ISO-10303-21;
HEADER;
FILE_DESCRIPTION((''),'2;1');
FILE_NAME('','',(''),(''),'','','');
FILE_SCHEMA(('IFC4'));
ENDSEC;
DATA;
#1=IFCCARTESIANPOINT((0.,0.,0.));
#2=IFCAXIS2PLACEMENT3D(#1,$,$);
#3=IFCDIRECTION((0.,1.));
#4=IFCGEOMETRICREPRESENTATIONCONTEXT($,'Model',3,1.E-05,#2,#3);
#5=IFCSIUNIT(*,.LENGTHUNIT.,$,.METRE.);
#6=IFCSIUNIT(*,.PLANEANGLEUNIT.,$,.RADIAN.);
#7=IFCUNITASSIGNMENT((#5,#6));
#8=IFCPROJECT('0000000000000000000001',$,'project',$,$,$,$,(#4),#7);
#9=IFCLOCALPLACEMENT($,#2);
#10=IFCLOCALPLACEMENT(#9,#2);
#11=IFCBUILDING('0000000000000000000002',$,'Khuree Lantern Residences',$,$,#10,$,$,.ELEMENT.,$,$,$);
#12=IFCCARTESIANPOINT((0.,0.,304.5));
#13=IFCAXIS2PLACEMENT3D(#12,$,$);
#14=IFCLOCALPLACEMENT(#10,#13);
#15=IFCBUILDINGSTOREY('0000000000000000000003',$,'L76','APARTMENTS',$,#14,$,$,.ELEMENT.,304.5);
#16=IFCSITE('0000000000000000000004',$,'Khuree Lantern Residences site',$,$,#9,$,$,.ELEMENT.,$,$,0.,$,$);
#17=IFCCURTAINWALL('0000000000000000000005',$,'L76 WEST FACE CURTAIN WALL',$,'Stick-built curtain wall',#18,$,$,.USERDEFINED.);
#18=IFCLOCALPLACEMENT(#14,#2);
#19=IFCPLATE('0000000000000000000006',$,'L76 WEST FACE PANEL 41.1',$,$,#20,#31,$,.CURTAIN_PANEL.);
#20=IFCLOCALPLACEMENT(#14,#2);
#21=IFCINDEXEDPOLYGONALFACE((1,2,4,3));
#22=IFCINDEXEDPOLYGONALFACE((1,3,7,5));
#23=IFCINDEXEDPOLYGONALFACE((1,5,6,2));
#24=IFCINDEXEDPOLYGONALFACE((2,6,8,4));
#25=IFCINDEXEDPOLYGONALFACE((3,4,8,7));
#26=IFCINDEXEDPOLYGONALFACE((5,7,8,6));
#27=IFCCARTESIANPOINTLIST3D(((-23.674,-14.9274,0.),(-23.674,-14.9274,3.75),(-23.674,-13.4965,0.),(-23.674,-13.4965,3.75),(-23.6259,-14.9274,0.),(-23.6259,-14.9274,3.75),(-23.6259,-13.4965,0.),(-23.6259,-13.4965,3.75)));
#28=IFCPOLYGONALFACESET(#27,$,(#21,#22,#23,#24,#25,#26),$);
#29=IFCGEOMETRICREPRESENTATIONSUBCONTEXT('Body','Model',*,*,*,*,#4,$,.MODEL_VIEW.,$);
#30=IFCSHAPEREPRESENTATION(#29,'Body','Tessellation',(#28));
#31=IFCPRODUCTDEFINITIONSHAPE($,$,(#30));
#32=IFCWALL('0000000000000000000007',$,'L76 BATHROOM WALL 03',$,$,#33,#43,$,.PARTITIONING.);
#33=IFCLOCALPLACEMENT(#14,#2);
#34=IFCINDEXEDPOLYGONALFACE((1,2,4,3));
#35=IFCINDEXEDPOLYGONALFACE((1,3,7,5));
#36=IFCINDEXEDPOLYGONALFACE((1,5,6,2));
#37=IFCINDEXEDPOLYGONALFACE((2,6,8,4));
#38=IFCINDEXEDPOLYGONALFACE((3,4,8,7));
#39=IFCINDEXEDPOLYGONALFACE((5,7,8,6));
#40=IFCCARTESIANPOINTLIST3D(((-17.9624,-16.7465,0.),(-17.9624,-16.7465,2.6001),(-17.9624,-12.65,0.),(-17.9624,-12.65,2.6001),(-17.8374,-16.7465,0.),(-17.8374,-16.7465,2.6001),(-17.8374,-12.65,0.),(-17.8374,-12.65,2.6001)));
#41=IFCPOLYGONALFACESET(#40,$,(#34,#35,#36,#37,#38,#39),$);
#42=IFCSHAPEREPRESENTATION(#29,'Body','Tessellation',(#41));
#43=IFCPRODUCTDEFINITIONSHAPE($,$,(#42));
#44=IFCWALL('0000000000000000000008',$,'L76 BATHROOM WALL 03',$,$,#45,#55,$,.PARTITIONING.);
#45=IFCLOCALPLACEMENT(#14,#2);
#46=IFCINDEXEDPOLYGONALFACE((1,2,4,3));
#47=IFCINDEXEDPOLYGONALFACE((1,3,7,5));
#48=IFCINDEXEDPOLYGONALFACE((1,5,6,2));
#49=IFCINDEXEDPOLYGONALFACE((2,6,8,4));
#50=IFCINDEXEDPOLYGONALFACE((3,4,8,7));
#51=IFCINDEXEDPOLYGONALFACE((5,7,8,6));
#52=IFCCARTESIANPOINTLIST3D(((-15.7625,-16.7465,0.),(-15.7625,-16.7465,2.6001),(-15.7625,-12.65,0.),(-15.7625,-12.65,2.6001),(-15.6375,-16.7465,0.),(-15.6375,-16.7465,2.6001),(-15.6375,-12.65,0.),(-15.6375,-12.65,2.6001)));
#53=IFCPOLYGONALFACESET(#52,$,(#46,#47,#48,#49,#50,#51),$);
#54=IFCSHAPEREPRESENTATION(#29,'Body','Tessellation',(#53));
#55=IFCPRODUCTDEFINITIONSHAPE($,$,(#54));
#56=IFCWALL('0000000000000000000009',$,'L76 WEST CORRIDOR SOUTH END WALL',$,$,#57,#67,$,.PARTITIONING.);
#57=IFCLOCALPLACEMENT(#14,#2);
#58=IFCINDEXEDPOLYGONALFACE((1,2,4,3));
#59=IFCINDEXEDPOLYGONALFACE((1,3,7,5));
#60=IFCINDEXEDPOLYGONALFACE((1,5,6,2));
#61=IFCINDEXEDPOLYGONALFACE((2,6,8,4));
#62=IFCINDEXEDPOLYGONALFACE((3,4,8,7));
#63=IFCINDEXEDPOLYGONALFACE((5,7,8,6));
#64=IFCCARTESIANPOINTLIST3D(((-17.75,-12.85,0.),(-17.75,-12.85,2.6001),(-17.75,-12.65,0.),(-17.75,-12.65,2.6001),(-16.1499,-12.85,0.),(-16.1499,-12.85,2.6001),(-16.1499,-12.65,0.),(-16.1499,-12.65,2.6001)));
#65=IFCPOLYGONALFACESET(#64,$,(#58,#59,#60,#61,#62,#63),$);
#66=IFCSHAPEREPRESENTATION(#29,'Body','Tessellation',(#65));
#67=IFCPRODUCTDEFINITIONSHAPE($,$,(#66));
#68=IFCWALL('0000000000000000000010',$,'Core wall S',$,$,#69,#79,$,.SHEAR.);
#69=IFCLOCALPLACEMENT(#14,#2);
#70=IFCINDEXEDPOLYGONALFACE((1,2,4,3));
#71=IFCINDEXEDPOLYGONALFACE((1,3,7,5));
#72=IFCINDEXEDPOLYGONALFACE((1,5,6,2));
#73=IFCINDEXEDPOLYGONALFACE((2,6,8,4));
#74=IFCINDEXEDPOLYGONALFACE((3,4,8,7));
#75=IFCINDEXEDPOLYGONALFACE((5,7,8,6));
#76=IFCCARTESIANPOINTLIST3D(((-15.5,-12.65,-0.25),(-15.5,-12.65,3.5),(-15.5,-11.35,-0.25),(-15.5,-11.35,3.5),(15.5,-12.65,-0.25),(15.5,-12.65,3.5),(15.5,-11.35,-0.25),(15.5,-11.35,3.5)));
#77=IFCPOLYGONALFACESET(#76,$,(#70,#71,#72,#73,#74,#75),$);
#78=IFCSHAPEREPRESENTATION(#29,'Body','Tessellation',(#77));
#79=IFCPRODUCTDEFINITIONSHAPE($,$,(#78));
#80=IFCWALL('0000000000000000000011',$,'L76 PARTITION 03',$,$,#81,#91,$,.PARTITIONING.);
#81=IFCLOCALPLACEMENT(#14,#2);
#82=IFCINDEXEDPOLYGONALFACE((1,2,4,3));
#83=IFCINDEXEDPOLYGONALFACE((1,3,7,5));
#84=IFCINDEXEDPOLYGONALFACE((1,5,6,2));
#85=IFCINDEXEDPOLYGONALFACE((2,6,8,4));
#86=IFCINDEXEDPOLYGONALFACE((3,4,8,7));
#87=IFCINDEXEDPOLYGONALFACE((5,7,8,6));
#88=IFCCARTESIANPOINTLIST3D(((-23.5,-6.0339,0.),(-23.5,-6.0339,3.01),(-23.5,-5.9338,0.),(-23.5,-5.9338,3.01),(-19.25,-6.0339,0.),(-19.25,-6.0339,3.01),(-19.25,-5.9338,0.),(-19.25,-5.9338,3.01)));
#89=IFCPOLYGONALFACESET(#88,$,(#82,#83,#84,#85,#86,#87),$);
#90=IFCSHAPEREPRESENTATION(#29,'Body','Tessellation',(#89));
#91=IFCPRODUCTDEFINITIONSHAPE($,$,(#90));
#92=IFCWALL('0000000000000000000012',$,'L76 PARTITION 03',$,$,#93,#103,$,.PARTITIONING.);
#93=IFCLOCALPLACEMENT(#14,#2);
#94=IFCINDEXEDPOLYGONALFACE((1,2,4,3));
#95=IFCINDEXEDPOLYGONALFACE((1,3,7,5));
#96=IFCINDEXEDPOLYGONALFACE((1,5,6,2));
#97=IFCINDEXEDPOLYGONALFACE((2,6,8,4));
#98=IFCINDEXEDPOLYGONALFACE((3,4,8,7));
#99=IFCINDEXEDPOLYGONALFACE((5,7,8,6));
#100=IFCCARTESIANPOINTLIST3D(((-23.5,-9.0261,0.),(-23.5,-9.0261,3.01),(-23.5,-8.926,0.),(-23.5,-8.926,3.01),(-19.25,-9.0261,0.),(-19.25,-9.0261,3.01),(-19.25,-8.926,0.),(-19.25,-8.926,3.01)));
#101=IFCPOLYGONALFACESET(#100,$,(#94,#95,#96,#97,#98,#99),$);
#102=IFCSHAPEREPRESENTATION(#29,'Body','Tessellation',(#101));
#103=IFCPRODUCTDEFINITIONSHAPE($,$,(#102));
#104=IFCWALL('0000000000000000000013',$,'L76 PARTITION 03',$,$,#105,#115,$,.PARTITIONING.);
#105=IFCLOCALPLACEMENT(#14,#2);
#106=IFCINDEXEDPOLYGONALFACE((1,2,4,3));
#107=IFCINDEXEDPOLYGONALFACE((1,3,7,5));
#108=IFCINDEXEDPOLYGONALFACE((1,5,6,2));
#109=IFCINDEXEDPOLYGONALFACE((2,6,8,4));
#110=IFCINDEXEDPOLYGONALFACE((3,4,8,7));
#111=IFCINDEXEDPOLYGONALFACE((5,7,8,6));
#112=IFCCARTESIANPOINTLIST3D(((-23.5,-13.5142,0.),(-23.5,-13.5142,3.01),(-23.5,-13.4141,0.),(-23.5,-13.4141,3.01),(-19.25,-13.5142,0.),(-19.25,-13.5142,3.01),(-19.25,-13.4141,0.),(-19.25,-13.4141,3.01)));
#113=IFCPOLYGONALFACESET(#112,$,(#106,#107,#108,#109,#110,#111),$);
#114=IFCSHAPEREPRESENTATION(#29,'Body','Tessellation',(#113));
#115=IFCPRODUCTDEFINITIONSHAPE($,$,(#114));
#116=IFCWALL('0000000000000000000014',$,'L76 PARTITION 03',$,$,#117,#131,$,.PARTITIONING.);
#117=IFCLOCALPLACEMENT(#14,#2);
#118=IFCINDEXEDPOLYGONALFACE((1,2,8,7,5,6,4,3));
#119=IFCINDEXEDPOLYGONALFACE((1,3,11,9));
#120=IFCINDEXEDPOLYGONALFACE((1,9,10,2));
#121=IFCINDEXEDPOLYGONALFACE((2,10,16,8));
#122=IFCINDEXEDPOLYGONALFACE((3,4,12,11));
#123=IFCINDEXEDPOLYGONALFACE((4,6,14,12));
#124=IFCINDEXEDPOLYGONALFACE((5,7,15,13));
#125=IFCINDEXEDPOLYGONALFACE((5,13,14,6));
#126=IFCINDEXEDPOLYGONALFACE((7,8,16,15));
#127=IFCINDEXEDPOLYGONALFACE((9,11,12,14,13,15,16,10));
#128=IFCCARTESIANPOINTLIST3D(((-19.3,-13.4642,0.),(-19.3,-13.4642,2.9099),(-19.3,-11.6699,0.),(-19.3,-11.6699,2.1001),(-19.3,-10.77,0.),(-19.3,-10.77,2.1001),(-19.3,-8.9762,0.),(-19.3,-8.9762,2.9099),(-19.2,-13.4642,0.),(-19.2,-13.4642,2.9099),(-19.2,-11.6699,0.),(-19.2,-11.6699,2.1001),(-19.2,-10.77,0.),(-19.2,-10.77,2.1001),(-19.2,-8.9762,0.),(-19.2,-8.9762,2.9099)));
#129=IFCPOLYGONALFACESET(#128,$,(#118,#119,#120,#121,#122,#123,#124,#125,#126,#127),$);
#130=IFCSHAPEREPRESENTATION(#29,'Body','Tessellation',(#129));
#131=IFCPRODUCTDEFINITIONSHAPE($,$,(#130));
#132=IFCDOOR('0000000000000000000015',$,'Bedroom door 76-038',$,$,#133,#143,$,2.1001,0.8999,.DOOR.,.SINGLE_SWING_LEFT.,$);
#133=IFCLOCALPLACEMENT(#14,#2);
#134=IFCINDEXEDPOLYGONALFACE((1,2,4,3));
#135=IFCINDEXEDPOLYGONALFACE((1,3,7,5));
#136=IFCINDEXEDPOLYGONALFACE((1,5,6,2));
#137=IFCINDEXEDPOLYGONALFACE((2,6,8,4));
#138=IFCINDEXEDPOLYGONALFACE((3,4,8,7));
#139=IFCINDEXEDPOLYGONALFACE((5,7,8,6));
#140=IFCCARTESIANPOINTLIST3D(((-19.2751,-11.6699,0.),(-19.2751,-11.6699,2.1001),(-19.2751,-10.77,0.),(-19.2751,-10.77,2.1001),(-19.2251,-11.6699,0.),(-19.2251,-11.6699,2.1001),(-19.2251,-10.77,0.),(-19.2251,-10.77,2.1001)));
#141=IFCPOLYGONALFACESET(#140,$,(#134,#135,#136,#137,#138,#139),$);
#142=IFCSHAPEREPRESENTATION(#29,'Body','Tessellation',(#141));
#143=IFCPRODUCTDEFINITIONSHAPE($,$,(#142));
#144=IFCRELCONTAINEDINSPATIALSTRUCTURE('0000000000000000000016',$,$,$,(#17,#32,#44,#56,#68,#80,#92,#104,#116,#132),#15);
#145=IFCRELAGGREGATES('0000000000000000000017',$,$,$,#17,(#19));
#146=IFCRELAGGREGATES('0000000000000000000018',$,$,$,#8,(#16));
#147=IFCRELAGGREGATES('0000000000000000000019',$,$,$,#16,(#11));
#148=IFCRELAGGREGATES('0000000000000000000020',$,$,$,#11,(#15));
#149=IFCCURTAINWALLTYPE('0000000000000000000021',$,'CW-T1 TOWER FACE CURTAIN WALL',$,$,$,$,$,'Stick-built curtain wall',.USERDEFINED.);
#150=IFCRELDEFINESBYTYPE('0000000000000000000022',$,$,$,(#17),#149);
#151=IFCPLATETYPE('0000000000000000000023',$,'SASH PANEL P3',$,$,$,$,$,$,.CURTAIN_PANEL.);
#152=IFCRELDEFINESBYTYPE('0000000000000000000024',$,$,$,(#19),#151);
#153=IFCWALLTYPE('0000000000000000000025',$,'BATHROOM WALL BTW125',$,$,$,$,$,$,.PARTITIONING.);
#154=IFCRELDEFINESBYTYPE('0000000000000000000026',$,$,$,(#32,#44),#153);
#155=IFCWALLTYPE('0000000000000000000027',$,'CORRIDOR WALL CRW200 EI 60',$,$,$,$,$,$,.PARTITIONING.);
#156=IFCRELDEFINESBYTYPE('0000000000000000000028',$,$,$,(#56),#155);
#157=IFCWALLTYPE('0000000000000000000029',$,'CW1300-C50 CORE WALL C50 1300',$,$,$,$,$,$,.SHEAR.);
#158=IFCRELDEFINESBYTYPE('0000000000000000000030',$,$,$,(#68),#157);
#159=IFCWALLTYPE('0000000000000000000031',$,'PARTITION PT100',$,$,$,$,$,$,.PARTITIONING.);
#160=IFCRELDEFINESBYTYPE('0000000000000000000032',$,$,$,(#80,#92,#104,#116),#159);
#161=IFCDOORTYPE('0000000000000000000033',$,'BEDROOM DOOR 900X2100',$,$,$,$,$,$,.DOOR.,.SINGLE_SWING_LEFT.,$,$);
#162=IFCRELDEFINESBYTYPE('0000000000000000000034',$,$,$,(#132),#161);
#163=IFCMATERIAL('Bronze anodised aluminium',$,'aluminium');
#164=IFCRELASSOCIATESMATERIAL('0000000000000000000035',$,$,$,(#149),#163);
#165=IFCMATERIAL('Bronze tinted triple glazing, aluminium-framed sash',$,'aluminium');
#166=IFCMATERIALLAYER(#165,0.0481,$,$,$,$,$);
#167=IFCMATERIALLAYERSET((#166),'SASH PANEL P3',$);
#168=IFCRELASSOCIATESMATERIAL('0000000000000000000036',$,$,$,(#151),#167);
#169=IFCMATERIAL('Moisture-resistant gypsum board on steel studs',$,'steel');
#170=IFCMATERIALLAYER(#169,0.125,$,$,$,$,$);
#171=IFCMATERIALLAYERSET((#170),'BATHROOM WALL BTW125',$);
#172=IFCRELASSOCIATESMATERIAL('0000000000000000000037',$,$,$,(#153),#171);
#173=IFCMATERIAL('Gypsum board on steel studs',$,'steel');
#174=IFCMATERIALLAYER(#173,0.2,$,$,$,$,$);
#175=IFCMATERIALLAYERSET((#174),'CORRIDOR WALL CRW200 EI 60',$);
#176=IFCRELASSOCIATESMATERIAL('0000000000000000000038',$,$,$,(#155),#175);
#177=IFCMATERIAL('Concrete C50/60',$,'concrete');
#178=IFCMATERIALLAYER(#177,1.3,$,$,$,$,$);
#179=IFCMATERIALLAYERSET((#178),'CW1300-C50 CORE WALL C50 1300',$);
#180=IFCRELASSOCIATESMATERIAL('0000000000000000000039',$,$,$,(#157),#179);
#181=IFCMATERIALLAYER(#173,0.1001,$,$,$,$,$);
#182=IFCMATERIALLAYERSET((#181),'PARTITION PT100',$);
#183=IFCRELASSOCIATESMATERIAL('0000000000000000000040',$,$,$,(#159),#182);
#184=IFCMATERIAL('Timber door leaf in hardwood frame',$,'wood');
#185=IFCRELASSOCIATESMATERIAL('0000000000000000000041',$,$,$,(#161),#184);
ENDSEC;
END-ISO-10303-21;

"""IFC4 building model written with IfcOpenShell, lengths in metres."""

from ifc_helpers import new_model, si_unit, direction, frame, frame_2d, origin, origin_2d, place, context, subcontext, project, spatial, rectangle, extrude, material, layer, layer_set, type_object, element, fill, aggregate, save


model = new_model("IFC4")

# Units and contexts
model_context = context("Model", 3, precision=1e-05, world=origin(), true_north=direction((0.0, 1.0)))
body_context = subcontext(model_context, "Body", "Model", "MODEL_VIEW")
ifc_project = project(units=[si_unit("LENGTHUNIT", "METRE"), si_unit("PLANEANGLEUNIT", "RADIAN")], contexts=[model_context])

# Site, building, storey
site_placement = place(None, origin())
site = spatial("IfcSite", under=ifc_project, at=site_placement, Name="Khuree Lantern Residences site", CompositionType="ELEMENT", RefElevation=0.0)
building_placement = place(site_placement, origin())
building = spatial("IfcBuilding", under=site, at=building_placement, Name="Khuree Lantern Residences", CompositionType="ELEMENT")
storey_placement = place(building_placement, frame((0.0, 0.0, 304.5)))
storey = spatial("IfcBuildingStorey", under=building, at=storey_placement, Name="L76", Description="APARTMENTS", CompositionType="ELEMENT", Elevation=304.5)

# Shared definitions
ifc_material_1 = material(Name="Concrete C50/60", Category="concrete")

# Curtain wall
ifc_material_2 = material(Name="Bronze anodised aluminium", Category="aluminium")
curtain_wall_type = type_object("IfcCurtainWallType", Name="CW-T1 TOWER FACE CURTAIN WALL", ElementType="Stick-built curtain wall", PredefinedType="USERDEFINED", material=ifc_material_2)
curtain_wall_placement = place(storey_placement, origin())
curtain_wall = element("IfcCurtainWall", 1, at=curtain_wall_placement, inside=storey, type_object=curtain_wall_type, Name="L76 WEST FACE CURTAIN WALL", ObjectType="Stick-built curtain wall", PredefinedType="USERDEFINED")

# Plate
ifc_material_3 = material(Name="Bronze tinted triple glazing, aluminium-framed sash", Category="aluminium")
ifc_layer_1 = layer(ifc_material_3, 0.0481)
ifc_layer_set_1 = layer_set([ifc_layer_1], Name="SASH PANEL P3")
plate_type_1 = type_object("IfcPlateType", Name="SASH PANEL P3", PredefinedType="CURTAIN_PANEL", material=ifc_layer_set_1)
plate_1_placement = place(storey_placement, frame((-23.6499, -14.2119, 0.0), z_axis=(0.0, 0.0, 1.0), x_axis=(0.0, -1.0, 0.0)))
plate_1 = element("IfcPlate", 2, at=plate_1_placement, type_object=plate_type_1, Name="L76 WEST FACE PANEL 41.1", PredefinedType="CURTAIN_PANEL", context=body_context, shape_type="SweptSolid", body=[
    extrude(rectangle(XDim=1.4309, YDim=0.0481, at=origin_2d()), origin(), (0.0, 0.0, 1.0), 3.75),
])
aggregate(curtain_wall, [plate_1])

# Walls
ifc_material_4 = material(Name="Moisture-resistant gypsum board on steel studs", Category="steel")
ifc_layer_2 = layer(ifc_material_4, 0.125)
ifc_layer_set_2 = layer_set([ifc_layer_2], Name="BATHROOM WALL BTW125")
wall_type_1 = type_object("IfcWallType", Name="BATHROOM WALL BTW125", PredefinedType="PARTITIONING", material=ifc_layer_set_2)
for number, where, z_axis, x_axis, name in (
    (3, (-17.8999, -12.6499, 0.0), (0.0, 0.0, 1.0), (0.0, -1.0, 0.0), "L76 BATHROOM WALL 03"),
    (4, (-15.7, -12.6499, 0.0), (0.0, 0.0, 1.0), (0.0, -1.0, 0.0), "L76 BATHROOM WALL 03"),
):
    element("IfcWall", number, at=place(storey_placement, frame(where, z_axis=z_axis, x_axis=x_axis)), inside=storey, type_object=wall_type_1, Name=name, PredefinedType="PARTITIONING", context=body_context, shape_type="SweptSolid", body=[
        extrude(rectangle(XDim=4.0964, YDim=0.125, at=frame_2d((2.0483, 0.0))), origin(), (0.0, 0.0, 1.0), 2.6001),
    ])
ifc_material_5 = material(Name="Gypsum board on steel studs", Category="steel")
ifc_layer_3 = layer(ifc_material_5, 0.2)
ifc_layer_set_3 = layer_set([ifc_layer_3], Name="CORRIDOR WALL CRW200 EI 60")
wall_type_2 = type_object("IfcWallType", Name="CORRIDOR WALL CRW200 EI 60", PredefinedType="PARTITIONING", material=ifc_layer_set_3)
wall_1_placement = place(storey_placement, frame((-16.1499, -12.75, 0.0), z_axis=(0.0, 0.0, 1.0), x_axis=(-1.0, 0.0, 0.0)))
element("IfcWall", 5, at=wall_1_placement, inside=storey, type_object=wall_type_2, Name="L76 WEST CORRIDOR SOUTH END WALL", PredefinedType="PARTITIONING", context=body_context, shape_type="SweptSolid", body=[
    extrude(rectangle(XDim=1.6001, YDim=0.2, at=frame_2d((0.8, 0.0))), origin(), (0.0, 0.0, 1.0), 2.6001),
])
ifc_layer_4 = layer(ifc_material_1, 1.3)
ifc_layer_set_4 = layer_set([ifc_layer_4], Name="CW1300-C50 CORE WALL C50 1300")
wall_type_3 = type_object("IfcWallType", Name="CW1300-C50 CORE WALL C50 1300", PredefinedType="SHEAR", material=ifc_layer_set_4)
wall_2_placement = place(storey_placement, frame((-15.5, -12.0, -0.25), z_axis=(0.0, 0.0, 1.0), x_axis=(1.0, 0.0, 0.0)))
element("IfcWall", 6, at=wall_2_placement, inside=storey, type_object=wall_type_3, Name="Core wall S", PredefinedType="SHEAR", context=body_context, shape_type="SweptSolid", body=[
    extrude(rectangle(XDim=31.0, YDim=1.3, at=frame_2d((15.5, 0.0))), origin(), (0.0, 0.0, 1.0), 3.75),
])
ifc_layer_5 = layer(ifc_material_5, 0.1001)
ifc_layer_set_5 = layer_set([ifc_layer_5], Name="PARTITION PT100")
wall_type_4 = type_object("IfcWallType", Name="PARTITION PT100", PredefinedType="PARTITIONING", material=ifc_layer_set_5)
for number, where, z_axis, x_axis, name in (
    (7, (-19.25, -5.9839, 0.0), (0.0, 0.0, 1.0), (-1.0, 0.0, 0.0), "L76 PARTITION 03"),
    (8, (-19.25, -8.9761, 0.0), (0.0, 0.0, 1.0), (-1.0, 0.0, 0.0), "L76 PARTITION 03"),
    (9, (-19.25, -13.4641, 0.0), (0.0, 0.0, 1.0), (-1.0, 0.0, 0.0), "L76 PARTITION 03"),
):
    element("IfcWall", number, at=place(storey_placement, frame(where, z_axis=z_axis, x_axis=x_axis)), inside=storey, type_object=wall_type_4, Name=name, PredefinedType="PARTITIONING", context=body_context, shape_type="SweptSolid", body=[
        extrude(rectangle(XDim=4.25, YDim=0.1001, at=frame_2d((2.125, 0.0))), origin(), (0.0, 0.0, 1.0), 3.01),
    ])

# Wall, opening, door
wall_3_placement = place(storey_placement, frame((-19.25, -8.9761, 0.0), z_axis=(0.0, 0.0, 1.0), x_axis=(0.0, -1.0, 0.0)))
wall_3 = element("IfcWall", 10, at=wall_3_placement, inside=storey, type_object=wall_type_4, Name="L76 PARTITION 03", PredefinedType="PARTITIONING", context=body_context, shape_type="SweptSolid", body=[
    extrude(rectangle(XDim=4.488, YDim=0.1001, at=frame_2d((2.2441, 0.0))), origin(), (0.0, 0.0, 1.0), 2.9099),
])
opening_placement = place(wall_3_placement, frame((1.7939, 0.0, 0.0)))
opening = element("IfcOpeningElement", 11, at=opening_placement, cuts=wall_3, PredefinedType="OPENING", context=body_context, shape_type="SweptSolid", body=[
    extrude(rectangle(XDim=0.8999, YDim=2.1001, at=frame_2d((0.45, 1.05))), frame((0.0, 0.0601, 0.0), z_axis=(0.0, -1.0, 0.0), x_axis=(1.0, 0.0, 0.0)), (0.0, 0.0, 1.0), 0.1201),
])
ifc_material_6 = material(Name="Timber door leaf in hardwood frame", Category="wood")
door_type = type_object("IfcDoorType", Name="BEDROOM DOOR 900X2100", OperationType="SINGLE_SWING_LEFT", PredefinedType="DOOR", material=ifc_material_6)
door_placement = place(opening_placement, origin())
door = element("IfcDoor", 12, at=door_placement, inside=storey, type_object=door_type, Name="Bedroom door 76-038", OperationType="SINGLE_SWING_LEFT", OverallHeight=2.1001, OverallWidth=0.8999, PredefinedType="DOOR", context=body_context, shape_type="SweptSolid", body=[
    extrude(rectangle(XDim=0.8999, YDim=2.1001, at=frame_2d((0.45, 1.05))), frame((0.0, 0.0249, 0.0), z_axis=(0.0, -1.0, 0.0), x_axis=(1.0, 0.0, 0.0)), (0.0, 0.0, 1.0), 0.05),
])
fill(opening, door)

save(model, "model.ifc")
